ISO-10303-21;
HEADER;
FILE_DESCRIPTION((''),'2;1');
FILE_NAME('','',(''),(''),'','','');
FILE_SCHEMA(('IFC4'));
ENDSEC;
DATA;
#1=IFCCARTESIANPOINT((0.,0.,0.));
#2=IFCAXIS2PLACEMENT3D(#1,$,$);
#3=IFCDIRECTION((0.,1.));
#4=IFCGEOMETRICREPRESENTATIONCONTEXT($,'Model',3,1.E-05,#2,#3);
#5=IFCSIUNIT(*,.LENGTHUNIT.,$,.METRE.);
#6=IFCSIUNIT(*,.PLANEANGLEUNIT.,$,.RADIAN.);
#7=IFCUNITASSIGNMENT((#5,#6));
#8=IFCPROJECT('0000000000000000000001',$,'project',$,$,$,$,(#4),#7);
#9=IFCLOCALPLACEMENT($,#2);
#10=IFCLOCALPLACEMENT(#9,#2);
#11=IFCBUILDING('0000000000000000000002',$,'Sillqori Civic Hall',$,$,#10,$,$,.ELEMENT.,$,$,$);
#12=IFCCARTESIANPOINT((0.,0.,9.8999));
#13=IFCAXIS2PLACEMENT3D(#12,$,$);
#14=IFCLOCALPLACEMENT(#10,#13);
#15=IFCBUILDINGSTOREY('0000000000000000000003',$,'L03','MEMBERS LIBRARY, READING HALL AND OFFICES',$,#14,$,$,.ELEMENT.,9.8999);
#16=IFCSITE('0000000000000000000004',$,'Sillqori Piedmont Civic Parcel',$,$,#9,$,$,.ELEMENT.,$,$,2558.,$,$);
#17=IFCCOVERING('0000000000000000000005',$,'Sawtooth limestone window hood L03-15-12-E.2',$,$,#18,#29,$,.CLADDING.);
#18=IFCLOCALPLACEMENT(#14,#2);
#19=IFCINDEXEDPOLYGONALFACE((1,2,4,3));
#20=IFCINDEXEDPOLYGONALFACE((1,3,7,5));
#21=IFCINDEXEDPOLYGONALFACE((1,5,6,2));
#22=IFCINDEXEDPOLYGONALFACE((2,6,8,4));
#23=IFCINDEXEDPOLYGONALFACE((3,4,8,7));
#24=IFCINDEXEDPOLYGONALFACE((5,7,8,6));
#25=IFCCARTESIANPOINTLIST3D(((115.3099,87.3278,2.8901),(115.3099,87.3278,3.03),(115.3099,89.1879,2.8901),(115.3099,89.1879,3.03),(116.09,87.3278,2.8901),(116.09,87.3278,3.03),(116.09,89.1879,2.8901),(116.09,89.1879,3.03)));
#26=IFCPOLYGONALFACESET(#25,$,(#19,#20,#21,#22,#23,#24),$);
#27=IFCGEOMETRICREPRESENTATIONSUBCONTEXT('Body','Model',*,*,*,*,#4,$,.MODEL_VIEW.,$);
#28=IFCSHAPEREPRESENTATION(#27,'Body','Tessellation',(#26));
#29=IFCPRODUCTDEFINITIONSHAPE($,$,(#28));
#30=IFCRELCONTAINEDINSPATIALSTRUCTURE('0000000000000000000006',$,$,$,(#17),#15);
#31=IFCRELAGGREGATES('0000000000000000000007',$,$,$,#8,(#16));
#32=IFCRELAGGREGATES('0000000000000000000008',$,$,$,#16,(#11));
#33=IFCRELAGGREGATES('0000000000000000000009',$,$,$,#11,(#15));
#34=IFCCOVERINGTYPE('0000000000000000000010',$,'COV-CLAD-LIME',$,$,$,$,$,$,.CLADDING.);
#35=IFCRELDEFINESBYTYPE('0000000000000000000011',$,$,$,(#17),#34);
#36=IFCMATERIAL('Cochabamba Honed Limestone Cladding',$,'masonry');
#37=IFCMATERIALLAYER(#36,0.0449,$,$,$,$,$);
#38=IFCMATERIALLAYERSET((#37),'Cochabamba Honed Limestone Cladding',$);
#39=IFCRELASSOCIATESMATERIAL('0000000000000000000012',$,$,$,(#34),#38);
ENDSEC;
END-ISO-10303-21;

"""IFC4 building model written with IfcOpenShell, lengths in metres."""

from ifc_helpers import new_model, si_unit, direction, frame, frame_2d, origin, place, context, subcontext, project, spatial, rectangle, extrude, material, layer, layer_set, type_object, element, save


model = new_model("IFC4")

# Units and contexts
model_context = context("Model", 3, precision=1e-05, world=origin(), true_north=direction((0.0, 1.0)))
body_context = subcontext(model_context, "Body", "Model", "MODEL_VIEW")
ifc_project = project(units=[si_unit("LENGTHUNIT", "METRE"), si_unit("PLANEANGLEUNIT", "RADIAN")], contexts=[model_context])

# Site, building, storey
site_placement = place(None, origin())
site = spatial("IfcSite", under=ifc_project, at=site_placement, Name="Sillqori Piedmont Civic Parcel", CompositionType="ELEMENT", RefElevation=2558.0)
building_placement = place(site_placement, origin())
building = spatial("IfcBuilding", under=site, at=building_placement, Name="Sillqori Civic Hall", CompositionType="ELEMENT")
storey_placement = place(building_placement, frame((0.0, 0.0, 9.8999)))
storey = spatial("IfcBuildingStorey", under=building, at=storey_placement, Name="L03", Description="MEMBERS LIBRARY, READING HALL AND OFFICES", CompositionType="ELEMENT", Elevation=9.8999)

# Covering
ifc_material_1 = material(Name="Cochabamba Honed Limestone Cladding", Category="masonry")
ifc_layer_1 = layer(ifc_material_1, 0.0449)
ifc_layer_set_1 = layer_set([ifc_layer_1], Name="Cochabamba Honed Limestone Cladding")
covering_type = type_object("IfcCoveringType", Name="COV-CLAD-LIME", PredefinedType="CLADDING", material=ifc_layer_set_1)
covering_1_placement = place(storey_placement, frame((115.7, 89.188, 2.8901), z_axis=(0.0, 0.0, 1.0), x_axis=(0.0, -1.0, 0.0)))
element("IfcCovering", 1, at=covering_1_placement, inside=storey, type_object=covering_type, Name="Sawtooth limestone window hood L03-15-12-E.2", PredefinedType="CLADDING", context=body_context, shape_type="SweptSolid", body=[
    extrude(rectangle(XDim=1.8601, YDim=0.78, at=frame_2d((0.9302, 0.0))), origin(), (0.0, 0.0, 1.0), 0.1399),
])

save(model, "model.ifc")
